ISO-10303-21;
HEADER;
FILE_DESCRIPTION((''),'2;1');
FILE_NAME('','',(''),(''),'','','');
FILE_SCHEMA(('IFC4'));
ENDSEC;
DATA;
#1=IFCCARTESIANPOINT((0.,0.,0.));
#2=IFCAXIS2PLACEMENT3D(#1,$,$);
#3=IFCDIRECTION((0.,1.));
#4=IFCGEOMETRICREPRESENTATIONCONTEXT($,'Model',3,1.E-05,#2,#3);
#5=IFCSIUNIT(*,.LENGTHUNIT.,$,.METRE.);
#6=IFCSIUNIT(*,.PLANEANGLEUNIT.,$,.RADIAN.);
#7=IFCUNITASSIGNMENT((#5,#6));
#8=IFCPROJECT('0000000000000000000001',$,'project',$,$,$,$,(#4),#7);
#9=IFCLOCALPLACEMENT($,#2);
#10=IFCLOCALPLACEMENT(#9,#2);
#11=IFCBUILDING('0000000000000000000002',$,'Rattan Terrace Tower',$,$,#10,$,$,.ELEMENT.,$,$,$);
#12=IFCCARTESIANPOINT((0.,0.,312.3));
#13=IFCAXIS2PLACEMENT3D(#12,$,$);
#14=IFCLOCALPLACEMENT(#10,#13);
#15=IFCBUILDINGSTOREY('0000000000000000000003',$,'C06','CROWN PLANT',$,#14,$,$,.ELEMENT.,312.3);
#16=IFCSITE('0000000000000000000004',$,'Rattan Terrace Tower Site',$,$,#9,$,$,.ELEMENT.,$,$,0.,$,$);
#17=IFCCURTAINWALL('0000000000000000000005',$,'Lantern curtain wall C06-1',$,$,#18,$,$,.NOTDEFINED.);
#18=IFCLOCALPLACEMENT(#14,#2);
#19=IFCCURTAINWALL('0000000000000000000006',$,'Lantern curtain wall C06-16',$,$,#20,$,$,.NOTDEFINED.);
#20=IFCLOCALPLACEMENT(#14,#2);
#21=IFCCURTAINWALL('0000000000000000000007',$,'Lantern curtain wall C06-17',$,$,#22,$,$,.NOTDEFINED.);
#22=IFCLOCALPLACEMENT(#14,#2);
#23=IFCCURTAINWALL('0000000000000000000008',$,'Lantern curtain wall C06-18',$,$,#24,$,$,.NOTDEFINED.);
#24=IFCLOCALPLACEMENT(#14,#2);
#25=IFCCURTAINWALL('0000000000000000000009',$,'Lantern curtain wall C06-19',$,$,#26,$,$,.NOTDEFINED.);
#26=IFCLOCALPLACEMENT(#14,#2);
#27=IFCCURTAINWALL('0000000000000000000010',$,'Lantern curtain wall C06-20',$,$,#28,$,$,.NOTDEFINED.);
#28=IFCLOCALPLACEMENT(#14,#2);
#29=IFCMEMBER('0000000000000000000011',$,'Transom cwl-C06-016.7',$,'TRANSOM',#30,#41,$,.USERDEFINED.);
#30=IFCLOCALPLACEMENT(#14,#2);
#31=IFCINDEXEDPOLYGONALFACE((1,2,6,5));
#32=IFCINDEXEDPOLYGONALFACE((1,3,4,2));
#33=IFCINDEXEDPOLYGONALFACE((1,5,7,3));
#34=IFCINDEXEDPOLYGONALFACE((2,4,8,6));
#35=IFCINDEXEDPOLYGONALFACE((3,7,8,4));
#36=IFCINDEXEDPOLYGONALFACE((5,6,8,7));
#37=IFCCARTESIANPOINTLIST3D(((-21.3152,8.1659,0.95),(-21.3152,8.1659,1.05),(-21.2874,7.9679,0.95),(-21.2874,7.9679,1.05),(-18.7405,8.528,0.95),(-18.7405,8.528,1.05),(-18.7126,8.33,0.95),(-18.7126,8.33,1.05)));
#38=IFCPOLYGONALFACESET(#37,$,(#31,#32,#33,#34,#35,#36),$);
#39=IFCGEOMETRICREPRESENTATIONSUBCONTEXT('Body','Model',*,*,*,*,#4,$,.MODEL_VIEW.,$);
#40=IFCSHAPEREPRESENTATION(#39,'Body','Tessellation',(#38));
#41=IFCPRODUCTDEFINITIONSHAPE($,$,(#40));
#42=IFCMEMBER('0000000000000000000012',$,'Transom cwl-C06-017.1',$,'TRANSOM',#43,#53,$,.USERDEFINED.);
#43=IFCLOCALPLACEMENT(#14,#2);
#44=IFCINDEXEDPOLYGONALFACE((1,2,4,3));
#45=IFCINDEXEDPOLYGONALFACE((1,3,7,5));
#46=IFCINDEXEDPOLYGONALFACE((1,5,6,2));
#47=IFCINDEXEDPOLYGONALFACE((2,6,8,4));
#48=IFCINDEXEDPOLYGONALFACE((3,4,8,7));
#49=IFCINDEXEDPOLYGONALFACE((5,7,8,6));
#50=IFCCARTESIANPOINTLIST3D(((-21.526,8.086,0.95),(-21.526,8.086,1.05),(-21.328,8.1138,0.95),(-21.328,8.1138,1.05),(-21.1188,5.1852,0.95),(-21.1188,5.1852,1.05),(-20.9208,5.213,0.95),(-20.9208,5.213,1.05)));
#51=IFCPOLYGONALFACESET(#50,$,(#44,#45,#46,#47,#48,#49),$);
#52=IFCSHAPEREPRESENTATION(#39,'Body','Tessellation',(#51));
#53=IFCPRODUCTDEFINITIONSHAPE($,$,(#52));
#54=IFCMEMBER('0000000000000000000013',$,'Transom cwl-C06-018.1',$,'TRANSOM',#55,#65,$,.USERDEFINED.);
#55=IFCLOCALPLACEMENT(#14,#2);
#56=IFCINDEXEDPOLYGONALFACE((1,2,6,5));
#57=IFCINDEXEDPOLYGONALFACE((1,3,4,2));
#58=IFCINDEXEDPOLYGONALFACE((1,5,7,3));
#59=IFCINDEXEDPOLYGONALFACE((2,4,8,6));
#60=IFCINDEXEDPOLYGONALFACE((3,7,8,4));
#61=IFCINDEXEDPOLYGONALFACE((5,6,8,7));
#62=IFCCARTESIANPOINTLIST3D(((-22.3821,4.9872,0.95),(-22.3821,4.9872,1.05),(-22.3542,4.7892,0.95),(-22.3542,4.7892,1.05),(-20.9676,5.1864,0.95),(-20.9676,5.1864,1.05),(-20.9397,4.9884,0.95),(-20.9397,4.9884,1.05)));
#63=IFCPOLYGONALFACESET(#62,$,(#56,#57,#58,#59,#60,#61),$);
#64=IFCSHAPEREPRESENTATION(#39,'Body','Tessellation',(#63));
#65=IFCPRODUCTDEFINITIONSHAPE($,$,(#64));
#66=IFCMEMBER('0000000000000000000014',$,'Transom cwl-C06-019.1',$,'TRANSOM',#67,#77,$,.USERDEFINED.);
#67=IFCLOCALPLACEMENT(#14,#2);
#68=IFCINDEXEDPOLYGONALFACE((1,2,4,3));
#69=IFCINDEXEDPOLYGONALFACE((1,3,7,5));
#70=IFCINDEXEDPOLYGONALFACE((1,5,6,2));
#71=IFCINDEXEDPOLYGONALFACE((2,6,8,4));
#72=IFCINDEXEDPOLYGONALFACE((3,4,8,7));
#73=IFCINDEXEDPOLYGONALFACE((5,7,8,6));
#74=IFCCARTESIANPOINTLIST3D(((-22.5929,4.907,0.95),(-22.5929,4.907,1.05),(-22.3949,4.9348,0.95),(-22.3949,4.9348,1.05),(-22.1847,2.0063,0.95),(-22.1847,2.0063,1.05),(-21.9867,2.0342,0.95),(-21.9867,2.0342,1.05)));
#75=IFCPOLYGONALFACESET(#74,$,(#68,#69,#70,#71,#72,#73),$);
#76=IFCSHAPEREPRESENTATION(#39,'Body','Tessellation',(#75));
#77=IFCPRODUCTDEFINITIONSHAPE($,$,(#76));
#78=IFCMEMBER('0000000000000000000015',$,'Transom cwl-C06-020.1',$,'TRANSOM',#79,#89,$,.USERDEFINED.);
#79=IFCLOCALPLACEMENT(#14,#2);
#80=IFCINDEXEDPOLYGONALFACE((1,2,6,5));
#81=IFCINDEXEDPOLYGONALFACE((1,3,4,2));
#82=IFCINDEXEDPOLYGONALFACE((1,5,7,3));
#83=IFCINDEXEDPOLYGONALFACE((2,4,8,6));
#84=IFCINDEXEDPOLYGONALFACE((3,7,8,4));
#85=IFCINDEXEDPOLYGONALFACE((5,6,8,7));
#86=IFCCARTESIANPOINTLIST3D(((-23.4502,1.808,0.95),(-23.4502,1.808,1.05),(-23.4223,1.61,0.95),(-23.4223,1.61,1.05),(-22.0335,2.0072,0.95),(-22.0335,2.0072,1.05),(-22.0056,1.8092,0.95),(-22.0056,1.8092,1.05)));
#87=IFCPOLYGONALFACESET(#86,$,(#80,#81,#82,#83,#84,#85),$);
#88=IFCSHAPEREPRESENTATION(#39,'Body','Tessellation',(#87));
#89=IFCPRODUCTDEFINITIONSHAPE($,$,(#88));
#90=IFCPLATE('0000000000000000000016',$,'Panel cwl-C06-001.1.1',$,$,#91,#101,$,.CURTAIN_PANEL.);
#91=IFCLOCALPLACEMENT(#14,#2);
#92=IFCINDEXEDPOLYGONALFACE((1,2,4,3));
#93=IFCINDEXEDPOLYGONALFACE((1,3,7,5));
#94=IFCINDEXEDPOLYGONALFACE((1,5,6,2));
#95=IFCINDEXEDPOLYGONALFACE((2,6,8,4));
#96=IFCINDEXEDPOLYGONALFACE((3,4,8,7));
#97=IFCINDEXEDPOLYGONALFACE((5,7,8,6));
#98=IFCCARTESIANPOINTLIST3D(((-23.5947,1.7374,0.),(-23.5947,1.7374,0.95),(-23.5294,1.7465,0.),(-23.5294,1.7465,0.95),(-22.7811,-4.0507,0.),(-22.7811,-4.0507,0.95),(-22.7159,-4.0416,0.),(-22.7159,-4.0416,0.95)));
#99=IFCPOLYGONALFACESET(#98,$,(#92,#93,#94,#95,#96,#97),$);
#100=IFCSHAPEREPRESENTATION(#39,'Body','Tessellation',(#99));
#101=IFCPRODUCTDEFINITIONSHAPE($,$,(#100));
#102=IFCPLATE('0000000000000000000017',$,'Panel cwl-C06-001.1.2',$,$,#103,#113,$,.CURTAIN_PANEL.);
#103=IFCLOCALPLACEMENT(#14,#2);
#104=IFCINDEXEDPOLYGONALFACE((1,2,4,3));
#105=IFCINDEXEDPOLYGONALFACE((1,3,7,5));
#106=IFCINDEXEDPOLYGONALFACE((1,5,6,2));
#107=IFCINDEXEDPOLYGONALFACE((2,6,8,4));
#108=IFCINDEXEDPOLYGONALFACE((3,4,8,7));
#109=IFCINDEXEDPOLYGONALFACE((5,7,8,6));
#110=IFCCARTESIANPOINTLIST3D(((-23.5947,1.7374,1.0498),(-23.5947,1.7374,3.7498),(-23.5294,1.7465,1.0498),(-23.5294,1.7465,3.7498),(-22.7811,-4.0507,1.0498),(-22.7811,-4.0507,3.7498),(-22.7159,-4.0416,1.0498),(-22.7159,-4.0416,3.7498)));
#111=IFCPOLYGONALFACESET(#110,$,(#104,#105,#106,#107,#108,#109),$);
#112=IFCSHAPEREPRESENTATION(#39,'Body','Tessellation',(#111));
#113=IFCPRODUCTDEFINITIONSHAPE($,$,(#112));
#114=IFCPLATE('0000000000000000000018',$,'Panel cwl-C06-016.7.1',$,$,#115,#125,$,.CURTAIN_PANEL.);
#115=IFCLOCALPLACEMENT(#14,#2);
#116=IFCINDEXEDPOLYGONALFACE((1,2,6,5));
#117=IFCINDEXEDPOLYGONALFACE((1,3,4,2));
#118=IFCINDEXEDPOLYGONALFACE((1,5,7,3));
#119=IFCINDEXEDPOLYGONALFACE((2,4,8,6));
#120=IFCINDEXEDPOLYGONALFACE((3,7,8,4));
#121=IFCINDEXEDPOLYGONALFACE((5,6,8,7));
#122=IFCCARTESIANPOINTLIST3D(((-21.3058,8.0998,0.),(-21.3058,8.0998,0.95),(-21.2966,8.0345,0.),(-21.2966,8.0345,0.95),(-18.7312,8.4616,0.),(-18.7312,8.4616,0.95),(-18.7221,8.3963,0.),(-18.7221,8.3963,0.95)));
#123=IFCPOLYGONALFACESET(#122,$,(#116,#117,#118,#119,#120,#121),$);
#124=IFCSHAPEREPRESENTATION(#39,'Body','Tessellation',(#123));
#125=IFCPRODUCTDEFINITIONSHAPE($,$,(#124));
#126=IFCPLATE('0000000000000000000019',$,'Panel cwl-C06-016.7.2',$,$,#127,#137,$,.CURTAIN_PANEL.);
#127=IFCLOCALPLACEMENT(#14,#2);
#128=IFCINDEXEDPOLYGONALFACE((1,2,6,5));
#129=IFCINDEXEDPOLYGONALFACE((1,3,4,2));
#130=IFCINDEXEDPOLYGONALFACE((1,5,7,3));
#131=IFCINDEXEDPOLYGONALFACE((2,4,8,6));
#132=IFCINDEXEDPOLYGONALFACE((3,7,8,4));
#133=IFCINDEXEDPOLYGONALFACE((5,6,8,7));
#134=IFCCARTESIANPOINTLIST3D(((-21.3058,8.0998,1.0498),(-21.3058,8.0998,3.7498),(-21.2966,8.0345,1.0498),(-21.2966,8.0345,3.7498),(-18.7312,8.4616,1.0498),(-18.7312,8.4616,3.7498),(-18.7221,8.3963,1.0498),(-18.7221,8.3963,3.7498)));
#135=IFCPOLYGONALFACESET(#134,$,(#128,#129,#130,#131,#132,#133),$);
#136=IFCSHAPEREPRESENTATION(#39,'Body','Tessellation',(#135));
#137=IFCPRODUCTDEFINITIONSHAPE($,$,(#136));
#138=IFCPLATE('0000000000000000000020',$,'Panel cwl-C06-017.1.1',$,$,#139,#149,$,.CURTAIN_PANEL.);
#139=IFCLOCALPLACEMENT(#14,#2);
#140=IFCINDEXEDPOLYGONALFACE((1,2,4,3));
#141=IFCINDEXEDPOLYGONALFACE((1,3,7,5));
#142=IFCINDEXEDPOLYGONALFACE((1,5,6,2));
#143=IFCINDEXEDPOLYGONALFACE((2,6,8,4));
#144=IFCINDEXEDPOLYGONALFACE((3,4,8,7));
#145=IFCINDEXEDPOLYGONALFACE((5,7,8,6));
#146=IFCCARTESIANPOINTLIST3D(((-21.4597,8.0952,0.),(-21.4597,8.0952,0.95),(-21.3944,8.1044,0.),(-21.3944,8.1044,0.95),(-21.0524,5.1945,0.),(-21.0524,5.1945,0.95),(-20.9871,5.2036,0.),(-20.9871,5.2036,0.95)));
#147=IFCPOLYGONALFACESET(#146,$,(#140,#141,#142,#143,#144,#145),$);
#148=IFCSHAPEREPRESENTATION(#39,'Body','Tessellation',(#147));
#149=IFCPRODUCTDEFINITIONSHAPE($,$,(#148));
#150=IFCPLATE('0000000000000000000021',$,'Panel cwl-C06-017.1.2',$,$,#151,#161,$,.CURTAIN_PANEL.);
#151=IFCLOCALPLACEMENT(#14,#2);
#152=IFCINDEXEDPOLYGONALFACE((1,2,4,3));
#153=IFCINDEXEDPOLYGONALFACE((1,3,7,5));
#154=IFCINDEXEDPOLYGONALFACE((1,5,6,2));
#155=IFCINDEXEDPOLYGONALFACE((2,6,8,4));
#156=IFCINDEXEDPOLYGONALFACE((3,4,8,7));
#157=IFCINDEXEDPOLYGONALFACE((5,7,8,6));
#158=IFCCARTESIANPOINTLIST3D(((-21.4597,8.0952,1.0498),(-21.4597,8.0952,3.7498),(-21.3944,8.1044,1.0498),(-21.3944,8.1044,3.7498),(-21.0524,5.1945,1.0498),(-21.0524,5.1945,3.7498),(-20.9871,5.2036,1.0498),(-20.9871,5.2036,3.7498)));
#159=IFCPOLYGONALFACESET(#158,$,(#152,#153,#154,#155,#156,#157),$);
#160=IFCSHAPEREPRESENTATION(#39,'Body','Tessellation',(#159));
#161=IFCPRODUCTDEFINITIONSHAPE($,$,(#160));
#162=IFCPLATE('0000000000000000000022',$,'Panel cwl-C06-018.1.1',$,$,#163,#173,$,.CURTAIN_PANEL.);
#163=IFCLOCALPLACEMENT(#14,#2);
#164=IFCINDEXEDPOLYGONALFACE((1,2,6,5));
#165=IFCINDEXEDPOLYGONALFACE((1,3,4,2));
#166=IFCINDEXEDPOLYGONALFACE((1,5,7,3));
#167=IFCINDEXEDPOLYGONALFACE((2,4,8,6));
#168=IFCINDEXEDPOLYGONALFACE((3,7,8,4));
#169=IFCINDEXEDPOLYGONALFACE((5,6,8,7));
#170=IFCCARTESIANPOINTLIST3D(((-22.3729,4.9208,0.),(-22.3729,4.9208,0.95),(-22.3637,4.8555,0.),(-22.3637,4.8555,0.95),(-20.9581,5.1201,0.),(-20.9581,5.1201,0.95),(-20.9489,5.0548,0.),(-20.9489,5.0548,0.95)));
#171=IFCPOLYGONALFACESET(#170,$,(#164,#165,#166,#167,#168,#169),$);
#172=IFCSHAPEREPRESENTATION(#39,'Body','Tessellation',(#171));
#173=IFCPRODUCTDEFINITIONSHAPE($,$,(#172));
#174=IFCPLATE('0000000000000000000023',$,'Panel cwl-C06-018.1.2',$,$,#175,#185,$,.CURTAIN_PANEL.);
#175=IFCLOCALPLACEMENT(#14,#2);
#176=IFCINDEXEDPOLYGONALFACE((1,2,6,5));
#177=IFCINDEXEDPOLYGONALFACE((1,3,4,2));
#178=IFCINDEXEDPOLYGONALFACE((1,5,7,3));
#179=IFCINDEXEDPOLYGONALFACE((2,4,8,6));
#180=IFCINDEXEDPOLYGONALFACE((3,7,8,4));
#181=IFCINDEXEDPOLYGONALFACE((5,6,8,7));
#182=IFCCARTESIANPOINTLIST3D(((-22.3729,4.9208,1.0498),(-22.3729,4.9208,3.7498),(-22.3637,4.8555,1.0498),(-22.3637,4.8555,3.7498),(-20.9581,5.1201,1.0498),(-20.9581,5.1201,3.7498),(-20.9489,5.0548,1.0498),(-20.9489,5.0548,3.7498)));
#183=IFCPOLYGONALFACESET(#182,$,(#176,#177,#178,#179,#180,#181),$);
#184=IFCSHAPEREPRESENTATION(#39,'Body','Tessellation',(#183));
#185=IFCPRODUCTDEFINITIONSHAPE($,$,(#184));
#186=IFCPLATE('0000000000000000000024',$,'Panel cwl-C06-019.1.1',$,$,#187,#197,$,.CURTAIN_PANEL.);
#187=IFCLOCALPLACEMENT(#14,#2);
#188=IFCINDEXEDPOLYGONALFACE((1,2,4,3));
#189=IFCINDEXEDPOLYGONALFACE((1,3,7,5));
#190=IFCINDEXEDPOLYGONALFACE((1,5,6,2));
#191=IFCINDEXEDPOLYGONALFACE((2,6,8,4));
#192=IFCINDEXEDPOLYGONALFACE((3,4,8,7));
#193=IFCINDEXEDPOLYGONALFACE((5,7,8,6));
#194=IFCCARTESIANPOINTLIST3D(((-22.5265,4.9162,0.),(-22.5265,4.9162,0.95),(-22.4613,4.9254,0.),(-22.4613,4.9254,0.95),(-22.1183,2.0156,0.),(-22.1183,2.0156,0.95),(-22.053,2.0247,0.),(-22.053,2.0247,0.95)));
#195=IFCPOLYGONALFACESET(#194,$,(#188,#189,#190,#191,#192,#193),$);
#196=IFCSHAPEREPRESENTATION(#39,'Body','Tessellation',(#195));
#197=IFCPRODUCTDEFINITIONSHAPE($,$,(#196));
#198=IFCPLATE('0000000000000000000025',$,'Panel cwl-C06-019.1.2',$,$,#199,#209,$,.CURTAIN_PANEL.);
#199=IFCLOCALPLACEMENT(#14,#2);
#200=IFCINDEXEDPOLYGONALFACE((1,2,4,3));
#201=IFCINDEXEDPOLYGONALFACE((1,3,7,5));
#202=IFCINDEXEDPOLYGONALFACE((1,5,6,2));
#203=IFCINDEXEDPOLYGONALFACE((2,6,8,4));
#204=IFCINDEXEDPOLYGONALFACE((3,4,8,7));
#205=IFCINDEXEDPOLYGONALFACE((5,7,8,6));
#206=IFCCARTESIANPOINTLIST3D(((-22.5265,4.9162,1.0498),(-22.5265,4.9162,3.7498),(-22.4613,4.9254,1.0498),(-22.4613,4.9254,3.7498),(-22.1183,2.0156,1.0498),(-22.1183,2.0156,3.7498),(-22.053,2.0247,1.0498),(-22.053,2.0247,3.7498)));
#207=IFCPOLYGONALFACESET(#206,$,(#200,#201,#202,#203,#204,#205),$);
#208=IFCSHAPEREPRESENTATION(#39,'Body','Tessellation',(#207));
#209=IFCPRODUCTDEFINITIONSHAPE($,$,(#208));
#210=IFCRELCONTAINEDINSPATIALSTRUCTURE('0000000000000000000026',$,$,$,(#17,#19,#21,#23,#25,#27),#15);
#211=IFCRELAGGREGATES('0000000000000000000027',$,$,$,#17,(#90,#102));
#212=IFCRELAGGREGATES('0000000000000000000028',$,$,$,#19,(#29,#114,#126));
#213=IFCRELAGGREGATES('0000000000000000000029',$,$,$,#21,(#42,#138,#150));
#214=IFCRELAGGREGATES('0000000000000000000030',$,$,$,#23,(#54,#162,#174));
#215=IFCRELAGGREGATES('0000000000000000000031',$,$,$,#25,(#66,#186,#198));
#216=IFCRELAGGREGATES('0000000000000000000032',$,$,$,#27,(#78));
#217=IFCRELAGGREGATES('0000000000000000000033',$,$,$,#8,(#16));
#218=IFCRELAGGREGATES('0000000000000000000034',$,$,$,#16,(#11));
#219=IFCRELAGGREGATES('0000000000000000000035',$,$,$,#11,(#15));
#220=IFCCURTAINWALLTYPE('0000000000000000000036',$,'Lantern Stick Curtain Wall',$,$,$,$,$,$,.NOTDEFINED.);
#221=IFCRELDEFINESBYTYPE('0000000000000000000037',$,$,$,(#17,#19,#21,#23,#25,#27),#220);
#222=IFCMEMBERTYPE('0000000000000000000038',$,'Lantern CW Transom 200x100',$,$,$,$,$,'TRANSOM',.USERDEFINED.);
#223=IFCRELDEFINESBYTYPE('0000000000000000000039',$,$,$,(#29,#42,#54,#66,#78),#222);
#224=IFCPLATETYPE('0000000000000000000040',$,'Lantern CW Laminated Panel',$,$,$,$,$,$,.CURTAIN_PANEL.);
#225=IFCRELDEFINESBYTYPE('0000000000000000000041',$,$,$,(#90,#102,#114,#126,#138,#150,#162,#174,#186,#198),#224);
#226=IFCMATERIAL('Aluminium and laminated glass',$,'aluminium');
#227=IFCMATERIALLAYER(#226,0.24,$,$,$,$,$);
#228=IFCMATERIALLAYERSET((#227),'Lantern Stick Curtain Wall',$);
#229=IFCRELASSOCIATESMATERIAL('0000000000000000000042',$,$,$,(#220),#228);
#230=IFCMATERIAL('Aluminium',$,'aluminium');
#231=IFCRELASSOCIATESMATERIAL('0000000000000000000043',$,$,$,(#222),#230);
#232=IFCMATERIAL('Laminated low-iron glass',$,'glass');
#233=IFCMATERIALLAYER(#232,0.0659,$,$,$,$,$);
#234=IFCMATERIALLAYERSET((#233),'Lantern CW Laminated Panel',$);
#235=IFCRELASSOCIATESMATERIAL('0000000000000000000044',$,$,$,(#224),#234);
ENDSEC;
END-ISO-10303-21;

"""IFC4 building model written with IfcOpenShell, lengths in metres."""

from ifc_helpers import new_model, si_unit, direction, frame, origin, origin_2d, place, context, subcontext, project, spatial, rectangle, extrude, material, layer, layer_set, material_profile, profile_set, type_object, element, aggregate, save


model = new_model("IFC4")

# Units and contexts
model_context = context("Model", 3, precision=1e-05, world=origin(), true_north=direction((0.0, 1.0)))
body_context = subcontext(model_context, "Body", "Model", "MODEL_VIEW")
ifc_project = project(units=[si_unit("LENGTHUNIT", "METRE"), si_unit("PLANEANGLEUNIT", "RADIAN")], contexts=[model_context])

# Site, building, storey
site_placement = place(None, origin())
site = spatial("IfcSite", under=ifc_project, at=site_placement, Name="Rattan Terrace Tower Site", CompositionType="ELEMENT", RefElevation=0.0)
building_placement = place(site_placement, origin())
building = spatial("IfcBuilding", under=site, at=building_placement, Name="Rattan Terrace Tower", CompositionType="ELEMENT")
storey_placement = place(building_placement, frame((0.0, 0.0, 312.3)))
storey = spatial("IfcBuildingStorey", under=building, at=storey_placement, Name="C06", Description="CROWN PLANT", CompositionType="ELEMENT", Elevation=312.3)

# Curtain walls
ifc_material_1 = material(Name="Aluminium and laminated glass", Category="aluminium")
ifc_layer_1 = layer(ifc_material_1, 0.24)
ifc_layer_set_1 = layer_set([ifc_layer_1], Name="Lantern Stick Curtain Wall")
curtain_wall_type = type_object("IfcCurtainWallType", Name="Lantern Stick Curtain Wall", PredefinedType="NOTDEFINED", material=ifc_layer_set_1)
curtain_wall_1_placement = place(storey_placement, origin())
curtain_wall_1 = element("IfcCurtainWall", 1, at=curtain_wall_1_placement, inside=storey, type_object=curtain_wall_type, Name="Lantern curtain wall C06-1", PredefinedType="NOTDEFINED")
curtain_wall_2_placement = place(storey_placement, origin())
curtain_wall_2 = element("IfcCurtainWall", 2, at=curtain_wall_2_placement, inside=storey, type_object=curtain_wall_type, Name="Lantern curtain wall C06-16", PredefinedType="NOTDEFINED")
curtain_wall_3_placement = place(storey_placement, origin())
curtain_wall_3 = element("IfcCurtainWall", 3, at=curtain_wall_3_placement, inside=storey, type_object=curtain_wall_type, Name="Lantern curtain wall C06-17", PredefinedType="NOTDEFINED")
curtain_wall_4_placement = place(storey_placement, origin())
curtain_wall_4 = element("IfcCurtainWall", 4, at=curtain_wall_4_placement, inside=storey, type_object=curtain_wall_type, Name="Lantern curtain wall C06-18", PredefinedType="NOTDEFINED")
curtain_wall_5_placement = place(storey_placement, origin())
curtain_wall_5 = element("IfcCurtainWall", 5, at=curtain_wall_5_placement, inside=storey, type_object=curtain_wall_type, Name="Lantern curtain wall C06-19", PredefinedType="NOTDEFINED")
curtain_wall_6_placement = place(storey_placement, origin())
curtain_wall_6 = element("IfcCurtainWall", 6, at=curtain_wall_6_placement, inside=storey, type_object=curtain_wall_type, Name="Lantern curtain wall C06-20", PredefinedType="NOTDEFINED")

# Members
ifc_material_2 = material(Name="Aluminium", Category="aluminium")
ifc_material_profile_1 = material_profile(ifc_material_2, rectangle(XDim=0.2, YDim=0.1001, at=origin_2d()), Name="Aluminium 200x100")
ifc_profile_set_1 = profile_set([ifc_material_profile_1], Name="Aluminium")
member_type_1 = type_object("IfcMemberType", Name="Lantern CW Transom 200x100", ElementType="TRANSOM", PredefinedType="USERDEFINED", material=ifc_profile_set_1)
member_1_placement = place(storey_placement, frame((-18.7266, 8.429, 1.0), z_axis=(-0.990257, -0.139252, 0.0), x_axis=(0.139252, -0.990257, 0.0)))
member_1 = element("IfcMember", 7, at=member_1_placement, type_object=member_type_1, Name="Transom cwl-C06-016.7", ObjectType="TRANSOM", PredefinedType="USERDEFINED", context=body_context, shape_type="SweptSolid", body=[
    extrude(rectangle(XDim=0.2, YDim=0.1001, at=origin_2d()), origin(), (0.0, 0.0, 1.0), 2.6001),
])
member_2_placement = place(storey_placement, frame((-21.427, 8.0999, 1.0), z_axis=(0.139029, -0.990288, 0.0), x_axis=(0.990288, 0.139029, 0.0)))
member_2 = element("IfcMember", 8, at=member_2_placement, type_object=member_type_1, Name="Transom cwl-C06-017.1", ObjectType="TRANSOM", PredefinedType="USERDEFINED", context=body_context, shape_type="SweptSolid", body=[
    extrude(rectangle(XDim=0.2, YDim=0.1001, at=origin_2d()), origin(), (0.0, 0.0, 1.0), 2.9292),
])
member_3_placement = place(storey_placement, frame((-20.9536, 5.0874, 1.0), z_axis=(-0.990228, -0.139459, 0.0), x_axis=(0.139459, -0.990228, 0.0)))
member_3 = element("IfcMember", 9, at=member_3_placement, type_object=member_type_1, Name="Transom cwl-C06-018.1", ObjectType="TRANSOM", PredefinedType="USERDEFINED", context=body_context, shape_type="SweptSolid", body=[
    extrude(rectangle(XDim=0.2, YDim=0.1001, at=origin_2d()), origin(), (0.0, 0.0, 1.0), 1.4285),
])
member_4_placement = place(storey_placement, frame((-22.4939, 4.9209, 1.0), z_axis=(0.139356, -0.990242, 0.0), x_axis=(0.990242, 0.139356, 0.0)))
member_4 = element("IfcMember", 10, at=member_4_placement, type_object=member_type_1, Name="Transom cwl-C06-019.1", ObjectType="TRANSOM", PredefinedType="USERDEFINED", context=body_context, shape_type="SweptSolid", body=[
    extrude(rectangle(XDim=0.2, YDim=0.1001, at=origin_2d()), origin(), (0.0, 0.0, 1.0), 2.9292),
])
member_5_placement = place(storey_placement, frame((-22.0195, 1.9082, 1.0), z_axis=(-0.990258, -0.139247, 0.0), x_axis=(0.139247, -0.990258, 0.0)))
member_5 = element("IfcMember", 11, at=member_5_placement, type_object=member_type_1, Name="Transom cwl-C06-020.1", ObjectType="TRANSOM", PredefinedType="USERDEFINED", context=body_context, shape_type="SweptSolid", body=[
    extrude(rectangle(XDim=0.2, YDim=0.1001, at=origin_2d()), origin(), (0.0, 0.0, 1.0), 1.4307),
])

# Plates
ifc_material_3 = material(Name="Laminated low-iron glass", Category="glass")
ifc_layer_2 = layer(ifc_material_3, 0.0659)
ifc_layer_set_2 = layer_set([ifc_layer_2], Name="Lantern CW Laminated Panel")
plate_type = type_object("IfcPlateType", Name="Lantern CW Laminated Panel", PredefinedType="CURTAIN_PANEL", material=ifc_layer_set_2)
plate_1_placement = place(storey_placement, frame((-23.1553, -1.1521, 0.0), z_axis=(0.0, 0.0, 1.0), x_axis=(0.139188, -0.990266, 0.0)))
plate_1 = element("IfcPlate", 12, at=plate_1_placement, type_object=plate_type, Name="Panel cwl-C06-001.1.1", PredefinedType="CURTAIN_PANEL", context=body_context, shape_type="SweptSolid", body=[
    extrude(rectangle(XDim=5.845, YDim=0.0659, at=origin_2d()), origin(), (0.0, 0.0, 1.0), 0.95),
])
plate_2_placement = place(storey_placement, frame((-23.1553, -1.1521, 1.0498), z_axis=(0.0, 0.0, 1.0), x_axis=(0.139188, -0.990266, 0.0)))
plate_2 = element("IfcPlate", 13, at=plate_2_placement, type_object=plate_type, Name="Panel cwl-C06-001.1.2", PredefinedType="CURTAIN_PANEL", context=body_context, shape_type="SweptSolid", body=[
    extrude(rectangle(XDim=5.845, YDim=0.0659, at=origin_2d()), origin(), (0.0, 0.0, 1.0), 2.7),
])
aggregate(curtain_wall_1, [plate_1, plate_2])
plate_3_placement = place(storey_placement, frame((-20.0139, 8.248, 0.0), z_axis=(0.0, 0.0, 1.0), x_axis=(-0.990267, -0.139181, 0.0)))
plate_3 = element("IfcPlate", 14, at=plate_3_placement, type_object=plate_type, Name="Panel cwl-C06-016.7.1", PredefinedType="CURTAIN_PANEL", context=body_context, shape_type="SweptSolid", body=[
    extrude(rectangle(XDim=2.5999, YDim=0.0659, at=origin_2d()), origin(), (0.0, 0.0, 1.0), 0.95),
])
plate_4_placement = place(storey_placement, frame((-20.0139, 8.248, 1.0498), z_axis=(0.0, 0.0, 1.0), x_axis=(-0.990267, -0.139181, 0.0)))
plate_4 = element("IfcPlate", 15, at=plate_4_placement, type_object=plate_type, Name="Panel cwl-C06-016.7.2", PredefinedType="CURTAIN_PANEL", context=body_context, shape_type="SweptSolid", body=[
    extrude(rectangle(XDim=2.5999, YDim=0.0659, at=origin_2d()), origin(), (0.0, 0.0, 1.0), 2.7),
])
aggregate(curtain_wall_2, [member_1, plate_3, plate_4])
plate_5_placement = place(storey_placement, frame((-21.2234, 6.6494, 0.0), z_axis=(0.0, 0.0, 1.0), x_axis=(0.13904, -0.990287, 0.0)))
plate_5 = element("IfcPlate", 16, at=plate_5_placement, type_object=plate_type, Name="Panel cwl-C06-017.1.1", PredefinedType="CURTAIN_PANEL", context=body_context, shape_type="SweptSolid", body=[
    extrude(rectangle(XDim=2.9292, YDim=0.0659, at=origin_2d()), origin(), (0.0, 0.0, 1.0), 0.95),
])
plate_6_placement = place(storey_placement, frame((-21.2234, 6.6494, 1.0498), z_axis=(0.0, 0.0, 1.0), x_axis=(0.13904, -0.990287, 0.0)))
plate_6 = element("IfcPlate", 17, at=plate_6_placement, type_object=plate_type, Name="Panel cwl-C06-017.1.2", PredefinedType="CURTAIN_PANEL", context=body_context, shape_type="SweptSolid", body=[
    extrude(rectangle(XDim=2.9292, YDim=0.0659, at=origin_2d()), origin(), (0.0, 0.0, 1.0), 2.7),
])
aggregate(curtain_wall_3, [member_2, plate_5, plate_6])
plate_7_placement = place(storey_placement, frame((-21.6609, 4.9878, 0.0), z_axis=(0.0, 0.0, 1.0), x_axis=(-0.990228, -0.139459, 0.0)))
plate_7 = element("IfcPlate", 18, at=plate_7_placement, type_object=plate_type, Name="Panel cwl-C06-018.1.1", PredefinedType="CURTAIN_PANEL", context=body_context, shape_type="SweptSolid", body=[
    extrude(rectangle(XDim=1.4287, YDim=0.0659, at=origin_2d()), origin(), (0.0, 0.0, 1.0), 0.95),
])
plate_8_placement = place(storey_placement, frame((-21.6609, 4.9878, 1.0498), z_axis=(0.0, 0.0, 1.0), x_axis=(-0.990228, -0.139459, 0.0)))
plate_8 = element("IfcPlate", 19, at=plate_8_placement, type_object=plate_type, Name="Panel cwl-C06-018.1.2", PredefinedType="CURTAIN_PANEL", context=body_context, shape_type="SweptSolid", body=[
    extrude(rectangle(XDim=1.4287, YDim=0.0659, at=origin_2d()), origin(), (0.0, 0.0, 1.0), 2.7),
])
aggregate(curtain_wall_4, [member_3, plate_7, plate_8])
plate_9_placement = place(storey_placement, frame((-22.2898, 3.4705, 0.0), z_axis=(0.0, 0.0, 1.0), x_axis=(0.139367, -0.990241, 0.0)))
plate_9 = element("IfcPlate", 20, at=plate_9_placement, type_object=plate_type, Name="Panel cwl-C06-019.1.1", PredefinedType="CURTAIN_PANEL", context=body_context, shape_type="SweptSolid", body=[
    extrude(rectangle(XDim=2.9292, YDim=0.0659, at=origin_2d()), origin(), (0.0, 0.0, 1.0), 0.95),
])
plate_10_placement = place(storey_placement, frame((-22.2898, 3.4705, 1.0498), z_axis=(0.0, 0.0, 1.0), x_axis=(0.139367, -0.990241, 0.0)))
plate_10 = element("IfcPlate", 21, at=plate_10_placement, type_object=plate_type, Name="Panel cwl-C06-019.1.2", PredefinedType="CURTAIN_PANEL", context=body_context, shape_type="SweptSolid", body=[
    extrude(rectangle(XDim=2.9292, YDim=0.0659, at=origin_2d()), origin(), (0.0, 0.0, 1.0), 2.7),
])
aggregate(curtain_wall_5, [member_4, plate_9, plate_10])
aggregate(curtain_wall_6, [member_5])

save(model, "model.ifc")
